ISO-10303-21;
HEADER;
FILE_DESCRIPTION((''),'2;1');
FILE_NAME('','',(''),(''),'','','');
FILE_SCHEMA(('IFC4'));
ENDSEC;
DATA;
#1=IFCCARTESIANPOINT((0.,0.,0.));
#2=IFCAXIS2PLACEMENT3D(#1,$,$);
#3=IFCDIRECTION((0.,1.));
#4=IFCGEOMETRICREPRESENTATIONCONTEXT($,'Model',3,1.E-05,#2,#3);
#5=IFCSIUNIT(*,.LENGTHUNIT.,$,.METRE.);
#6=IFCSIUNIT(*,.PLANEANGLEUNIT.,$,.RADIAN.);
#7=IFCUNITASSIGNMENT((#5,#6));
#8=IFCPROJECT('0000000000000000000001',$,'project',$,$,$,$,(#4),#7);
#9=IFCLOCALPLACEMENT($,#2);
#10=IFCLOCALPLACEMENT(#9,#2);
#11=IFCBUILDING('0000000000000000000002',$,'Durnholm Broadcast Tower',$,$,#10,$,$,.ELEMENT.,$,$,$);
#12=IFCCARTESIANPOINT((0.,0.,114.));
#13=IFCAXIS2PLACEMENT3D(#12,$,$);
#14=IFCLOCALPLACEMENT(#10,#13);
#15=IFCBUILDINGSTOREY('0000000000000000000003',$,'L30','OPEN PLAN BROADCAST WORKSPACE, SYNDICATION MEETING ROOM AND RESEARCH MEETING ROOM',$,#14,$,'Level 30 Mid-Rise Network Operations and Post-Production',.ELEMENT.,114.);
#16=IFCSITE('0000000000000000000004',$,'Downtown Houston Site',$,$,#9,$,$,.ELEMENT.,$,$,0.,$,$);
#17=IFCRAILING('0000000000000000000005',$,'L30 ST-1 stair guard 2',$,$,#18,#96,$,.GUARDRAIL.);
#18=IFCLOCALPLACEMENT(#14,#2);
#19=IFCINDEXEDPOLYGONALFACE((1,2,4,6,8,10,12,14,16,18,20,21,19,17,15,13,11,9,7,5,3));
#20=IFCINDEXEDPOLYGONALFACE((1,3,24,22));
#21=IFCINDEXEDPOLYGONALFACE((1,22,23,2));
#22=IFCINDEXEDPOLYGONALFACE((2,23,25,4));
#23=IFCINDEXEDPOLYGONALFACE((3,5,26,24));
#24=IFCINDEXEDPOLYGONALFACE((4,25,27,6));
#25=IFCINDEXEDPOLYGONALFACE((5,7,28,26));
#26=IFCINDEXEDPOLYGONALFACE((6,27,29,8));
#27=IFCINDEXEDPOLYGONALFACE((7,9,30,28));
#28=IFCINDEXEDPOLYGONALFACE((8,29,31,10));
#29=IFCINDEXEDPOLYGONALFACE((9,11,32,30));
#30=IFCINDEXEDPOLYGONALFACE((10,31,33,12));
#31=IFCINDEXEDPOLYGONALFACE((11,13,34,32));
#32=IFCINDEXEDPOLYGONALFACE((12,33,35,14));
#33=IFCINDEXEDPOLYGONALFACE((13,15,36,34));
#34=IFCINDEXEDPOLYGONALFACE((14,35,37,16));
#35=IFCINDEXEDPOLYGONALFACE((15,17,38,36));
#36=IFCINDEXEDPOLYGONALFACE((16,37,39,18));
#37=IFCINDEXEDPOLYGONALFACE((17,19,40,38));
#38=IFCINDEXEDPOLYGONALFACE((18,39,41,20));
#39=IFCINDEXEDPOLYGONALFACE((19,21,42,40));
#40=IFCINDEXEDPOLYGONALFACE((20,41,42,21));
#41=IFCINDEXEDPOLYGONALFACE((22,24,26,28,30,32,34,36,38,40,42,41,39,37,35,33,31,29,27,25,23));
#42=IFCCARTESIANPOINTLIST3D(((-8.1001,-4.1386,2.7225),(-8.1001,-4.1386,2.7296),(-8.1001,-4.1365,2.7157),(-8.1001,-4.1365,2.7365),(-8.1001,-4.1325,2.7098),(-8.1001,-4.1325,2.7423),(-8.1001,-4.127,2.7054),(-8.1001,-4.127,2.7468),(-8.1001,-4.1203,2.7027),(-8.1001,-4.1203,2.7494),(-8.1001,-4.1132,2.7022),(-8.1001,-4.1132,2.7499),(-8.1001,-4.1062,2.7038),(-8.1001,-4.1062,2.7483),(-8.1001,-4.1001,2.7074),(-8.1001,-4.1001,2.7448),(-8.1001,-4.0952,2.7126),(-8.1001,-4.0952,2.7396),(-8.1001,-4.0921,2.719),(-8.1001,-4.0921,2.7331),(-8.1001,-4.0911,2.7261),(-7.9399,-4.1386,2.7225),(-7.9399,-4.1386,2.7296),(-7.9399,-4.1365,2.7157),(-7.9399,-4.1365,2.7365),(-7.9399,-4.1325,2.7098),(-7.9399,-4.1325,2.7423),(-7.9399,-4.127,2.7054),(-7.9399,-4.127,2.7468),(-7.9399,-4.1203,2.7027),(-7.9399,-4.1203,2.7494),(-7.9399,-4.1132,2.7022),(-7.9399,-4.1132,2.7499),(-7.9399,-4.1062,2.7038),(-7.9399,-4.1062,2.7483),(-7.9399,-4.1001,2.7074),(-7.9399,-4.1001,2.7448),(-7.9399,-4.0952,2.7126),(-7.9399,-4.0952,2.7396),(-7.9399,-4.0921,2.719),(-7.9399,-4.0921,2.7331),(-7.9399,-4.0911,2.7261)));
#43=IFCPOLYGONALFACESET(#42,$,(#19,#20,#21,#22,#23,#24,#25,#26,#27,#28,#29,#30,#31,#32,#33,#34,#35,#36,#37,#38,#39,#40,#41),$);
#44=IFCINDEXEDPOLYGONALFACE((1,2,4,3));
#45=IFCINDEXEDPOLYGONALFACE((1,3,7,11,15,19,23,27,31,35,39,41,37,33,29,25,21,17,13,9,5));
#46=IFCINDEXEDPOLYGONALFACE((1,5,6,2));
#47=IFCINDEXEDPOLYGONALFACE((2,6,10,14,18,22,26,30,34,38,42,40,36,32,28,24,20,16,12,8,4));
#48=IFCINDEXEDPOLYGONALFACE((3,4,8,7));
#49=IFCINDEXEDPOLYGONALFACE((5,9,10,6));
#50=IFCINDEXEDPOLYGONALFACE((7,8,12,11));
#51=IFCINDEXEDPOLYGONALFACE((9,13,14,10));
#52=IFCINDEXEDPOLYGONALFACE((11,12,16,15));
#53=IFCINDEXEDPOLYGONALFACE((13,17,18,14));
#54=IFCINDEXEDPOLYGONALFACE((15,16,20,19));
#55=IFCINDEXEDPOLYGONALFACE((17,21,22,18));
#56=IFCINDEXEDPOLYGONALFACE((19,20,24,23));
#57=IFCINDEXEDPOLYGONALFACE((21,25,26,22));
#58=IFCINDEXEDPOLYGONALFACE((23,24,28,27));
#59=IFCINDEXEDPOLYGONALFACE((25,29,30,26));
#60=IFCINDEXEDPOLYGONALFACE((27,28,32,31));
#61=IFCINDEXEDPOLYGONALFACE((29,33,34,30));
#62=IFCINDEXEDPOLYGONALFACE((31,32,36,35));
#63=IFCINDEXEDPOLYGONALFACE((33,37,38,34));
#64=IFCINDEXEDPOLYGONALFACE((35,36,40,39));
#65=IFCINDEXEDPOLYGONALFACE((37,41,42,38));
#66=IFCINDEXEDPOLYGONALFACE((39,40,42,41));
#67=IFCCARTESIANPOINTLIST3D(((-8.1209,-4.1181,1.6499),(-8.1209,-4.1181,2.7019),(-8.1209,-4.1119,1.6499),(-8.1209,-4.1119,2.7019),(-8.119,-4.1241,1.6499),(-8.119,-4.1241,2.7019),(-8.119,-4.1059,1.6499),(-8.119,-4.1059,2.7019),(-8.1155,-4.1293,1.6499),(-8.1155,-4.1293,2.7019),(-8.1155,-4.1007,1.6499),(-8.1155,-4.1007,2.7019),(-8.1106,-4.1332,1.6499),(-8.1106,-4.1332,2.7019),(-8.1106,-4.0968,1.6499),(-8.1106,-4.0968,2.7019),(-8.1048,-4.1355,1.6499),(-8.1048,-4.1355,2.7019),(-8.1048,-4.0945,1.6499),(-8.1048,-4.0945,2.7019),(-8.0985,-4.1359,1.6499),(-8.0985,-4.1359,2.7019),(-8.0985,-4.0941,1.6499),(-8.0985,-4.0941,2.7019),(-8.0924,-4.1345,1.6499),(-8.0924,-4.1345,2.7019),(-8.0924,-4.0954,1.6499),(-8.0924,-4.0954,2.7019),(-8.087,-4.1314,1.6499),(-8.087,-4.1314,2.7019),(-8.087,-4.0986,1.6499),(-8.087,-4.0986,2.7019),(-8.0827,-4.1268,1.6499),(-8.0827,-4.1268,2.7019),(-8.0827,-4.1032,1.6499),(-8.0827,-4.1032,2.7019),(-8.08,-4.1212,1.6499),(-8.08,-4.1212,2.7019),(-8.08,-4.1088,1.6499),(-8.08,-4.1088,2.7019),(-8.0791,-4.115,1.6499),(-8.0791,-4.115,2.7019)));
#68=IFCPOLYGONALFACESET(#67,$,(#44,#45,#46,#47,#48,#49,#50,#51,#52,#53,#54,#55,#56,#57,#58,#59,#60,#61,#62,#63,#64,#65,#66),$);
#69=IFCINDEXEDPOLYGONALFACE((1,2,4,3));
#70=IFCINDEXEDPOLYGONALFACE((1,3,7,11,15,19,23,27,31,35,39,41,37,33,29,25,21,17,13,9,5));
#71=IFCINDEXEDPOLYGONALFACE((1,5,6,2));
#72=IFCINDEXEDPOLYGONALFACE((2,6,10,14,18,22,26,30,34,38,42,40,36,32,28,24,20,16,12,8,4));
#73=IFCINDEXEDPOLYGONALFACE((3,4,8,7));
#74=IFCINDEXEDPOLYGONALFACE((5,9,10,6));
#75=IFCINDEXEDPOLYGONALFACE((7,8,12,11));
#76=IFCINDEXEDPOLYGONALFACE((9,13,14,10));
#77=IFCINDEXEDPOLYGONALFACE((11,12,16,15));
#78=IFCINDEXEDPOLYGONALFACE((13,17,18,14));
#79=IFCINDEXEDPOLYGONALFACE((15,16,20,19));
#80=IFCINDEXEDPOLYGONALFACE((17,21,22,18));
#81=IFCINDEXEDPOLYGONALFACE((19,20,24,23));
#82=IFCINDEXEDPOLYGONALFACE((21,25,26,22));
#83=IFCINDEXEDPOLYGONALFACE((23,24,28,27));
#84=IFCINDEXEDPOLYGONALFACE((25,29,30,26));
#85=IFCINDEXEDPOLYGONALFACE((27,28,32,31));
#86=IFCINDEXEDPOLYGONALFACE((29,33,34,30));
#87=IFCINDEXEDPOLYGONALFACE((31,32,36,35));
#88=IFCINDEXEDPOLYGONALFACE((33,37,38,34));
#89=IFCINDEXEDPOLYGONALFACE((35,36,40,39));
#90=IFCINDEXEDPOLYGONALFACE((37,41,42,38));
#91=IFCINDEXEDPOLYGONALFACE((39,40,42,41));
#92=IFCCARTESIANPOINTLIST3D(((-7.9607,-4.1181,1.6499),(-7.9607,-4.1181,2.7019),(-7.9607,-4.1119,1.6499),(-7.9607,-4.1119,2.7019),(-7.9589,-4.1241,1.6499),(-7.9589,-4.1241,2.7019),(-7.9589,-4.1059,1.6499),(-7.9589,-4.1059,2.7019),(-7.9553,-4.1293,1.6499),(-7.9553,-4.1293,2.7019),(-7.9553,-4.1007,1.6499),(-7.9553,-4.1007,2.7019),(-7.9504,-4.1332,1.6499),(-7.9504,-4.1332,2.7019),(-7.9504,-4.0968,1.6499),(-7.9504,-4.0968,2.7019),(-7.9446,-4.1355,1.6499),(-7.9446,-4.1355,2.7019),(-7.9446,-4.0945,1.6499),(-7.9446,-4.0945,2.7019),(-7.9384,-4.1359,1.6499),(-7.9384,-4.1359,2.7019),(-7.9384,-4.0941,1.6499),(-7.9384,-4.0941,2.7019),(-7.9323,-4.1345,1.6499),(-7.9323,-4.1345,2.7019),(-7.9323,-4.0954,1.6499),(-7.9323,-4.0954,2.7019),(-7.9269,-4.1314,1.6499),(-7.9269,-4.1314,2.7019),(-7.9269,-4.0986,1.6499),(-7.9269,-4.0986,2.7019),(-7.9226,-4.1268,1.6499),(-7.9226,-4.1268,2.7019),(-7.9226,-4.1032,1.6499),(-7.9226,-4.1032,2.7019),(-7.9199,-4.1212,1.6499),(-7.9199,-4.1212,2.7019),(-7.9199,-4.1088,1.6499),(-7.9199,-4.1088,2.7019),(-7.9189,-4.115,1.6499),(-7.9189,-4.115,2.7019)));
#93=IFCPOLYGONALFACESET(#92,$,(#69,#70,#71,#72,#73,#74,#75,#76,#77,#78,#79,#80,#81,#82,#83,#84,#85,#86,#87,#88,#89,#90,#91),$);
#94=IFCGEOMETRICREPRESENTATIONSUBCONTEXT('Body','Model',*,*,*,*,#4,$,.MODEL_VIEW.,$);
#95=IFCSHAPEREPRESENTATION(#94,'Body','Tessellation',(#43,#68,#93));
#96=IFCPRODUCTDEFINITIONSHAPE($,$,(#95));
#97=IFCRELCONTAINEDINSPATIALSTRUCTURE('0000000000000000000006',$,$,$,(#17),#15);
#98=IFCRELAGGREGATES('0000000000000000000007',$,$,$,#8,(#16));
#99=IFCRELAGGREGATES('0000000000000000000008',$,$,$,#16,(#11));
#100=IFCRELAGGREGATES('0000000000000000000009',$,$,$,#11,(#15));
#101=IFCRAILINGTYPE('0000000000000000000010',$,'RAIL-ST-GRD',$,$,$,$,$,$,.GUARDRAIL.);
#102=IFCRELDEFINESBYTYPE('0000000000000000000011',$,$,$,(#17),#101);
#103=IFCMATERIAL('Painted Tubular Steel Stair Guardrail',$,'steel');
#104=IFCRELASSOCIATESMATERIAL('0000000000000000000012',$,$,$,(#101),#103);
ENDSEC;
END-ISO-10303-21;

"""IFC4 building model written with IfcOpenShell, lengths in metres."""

from ifc_helpers import new_model, si_unit, direction, frame, origin, origin_2d, place, context, subcontext, project, spatial, circle, extrude, material, type_object, element, save


model = new_model("IFC4")

# Units and contexts
model_context = context("Model", 3, precision=1e-05, world=origin(), true_north=direction((0.0, 1.0)))
body_context = subcontext(model_context, "Body", "Model", "MODEL_VIEW")
ifc_project = project(units=[si_unit("LENGTHUNIT", "METRE"), si_unit("PLANEANGLEUNIT", "RADIAN")], contexts=[model_context])

# Site, building, storey
site_placement = place(None, origin())
site = spatial("IfcSite", under=ifc_project, at=site_placement, Name="Downtown Houston Site", CompositionType="ELEMENT", RefElevation=0.0)
building_placement = place(site_placement, origin())
building = spatial("IfcBuilding", under=site, at=building_placement, Name="Durnholm Broadcast Tower", CompositionType="ELEMENT")
storey_placement = place(building_placement, frame((0.0, 0.0, 114.0)))
storey = spatial("IfcBuildingStorey", under=building, at=storey_placement, Name="L30", Description="OPEN PLAN BROADCAST WORKSPACE, SYNDICATION MEETING ROOM AND RESEARCH MEETING ROOM", LongName="Level 30 Mid-Rise Network Operations and Post-Production", CompositionType="ELEMENT", Elevation=114.0)

# Railing
ifc_material_1 = material(Name="Painted Tubular Steel Stair Guardrail", Category="steel")
railing_type_1 = type_object("IfcRailingType", Name="RAIL-ST-GRD", PredefinedType="GUARDRAIL", material=ifc_material_1)
railing_1_placement = place(storey_placement, frame((-8.1001, -4.115, 1.6499)))
element("IfcRailing", 1, at=railing_1_placement, inside=storey, type_object=railing_type_1, Name="L30 ST-1 stair guard 2", PredefinedType="GUARDRAIL", context=body_context, shape_type="SweptSolid", body=[
    extrude(circle(Radius=0.0239, at=origin_2d()), frame((0.0, 0.0, 1.0762), z_axis=(1.0, 0.0, 0.0), x_axis=(0.0, 1.0, 0.0)), (0.0, 0.0, 1.0), 0.1602),
    extrude(circle(Radius=0.021, at=origin_2d()), origin(), (0.0, 0.0, 1.0), 1.052),
    extrude(circle(Radius=0.021, at=origin_2d()), frame((0.1602, 0.0, 0.0)), (0.0, 0.0, 1.0), 1.052),
])

save(model, "model.ifc")
